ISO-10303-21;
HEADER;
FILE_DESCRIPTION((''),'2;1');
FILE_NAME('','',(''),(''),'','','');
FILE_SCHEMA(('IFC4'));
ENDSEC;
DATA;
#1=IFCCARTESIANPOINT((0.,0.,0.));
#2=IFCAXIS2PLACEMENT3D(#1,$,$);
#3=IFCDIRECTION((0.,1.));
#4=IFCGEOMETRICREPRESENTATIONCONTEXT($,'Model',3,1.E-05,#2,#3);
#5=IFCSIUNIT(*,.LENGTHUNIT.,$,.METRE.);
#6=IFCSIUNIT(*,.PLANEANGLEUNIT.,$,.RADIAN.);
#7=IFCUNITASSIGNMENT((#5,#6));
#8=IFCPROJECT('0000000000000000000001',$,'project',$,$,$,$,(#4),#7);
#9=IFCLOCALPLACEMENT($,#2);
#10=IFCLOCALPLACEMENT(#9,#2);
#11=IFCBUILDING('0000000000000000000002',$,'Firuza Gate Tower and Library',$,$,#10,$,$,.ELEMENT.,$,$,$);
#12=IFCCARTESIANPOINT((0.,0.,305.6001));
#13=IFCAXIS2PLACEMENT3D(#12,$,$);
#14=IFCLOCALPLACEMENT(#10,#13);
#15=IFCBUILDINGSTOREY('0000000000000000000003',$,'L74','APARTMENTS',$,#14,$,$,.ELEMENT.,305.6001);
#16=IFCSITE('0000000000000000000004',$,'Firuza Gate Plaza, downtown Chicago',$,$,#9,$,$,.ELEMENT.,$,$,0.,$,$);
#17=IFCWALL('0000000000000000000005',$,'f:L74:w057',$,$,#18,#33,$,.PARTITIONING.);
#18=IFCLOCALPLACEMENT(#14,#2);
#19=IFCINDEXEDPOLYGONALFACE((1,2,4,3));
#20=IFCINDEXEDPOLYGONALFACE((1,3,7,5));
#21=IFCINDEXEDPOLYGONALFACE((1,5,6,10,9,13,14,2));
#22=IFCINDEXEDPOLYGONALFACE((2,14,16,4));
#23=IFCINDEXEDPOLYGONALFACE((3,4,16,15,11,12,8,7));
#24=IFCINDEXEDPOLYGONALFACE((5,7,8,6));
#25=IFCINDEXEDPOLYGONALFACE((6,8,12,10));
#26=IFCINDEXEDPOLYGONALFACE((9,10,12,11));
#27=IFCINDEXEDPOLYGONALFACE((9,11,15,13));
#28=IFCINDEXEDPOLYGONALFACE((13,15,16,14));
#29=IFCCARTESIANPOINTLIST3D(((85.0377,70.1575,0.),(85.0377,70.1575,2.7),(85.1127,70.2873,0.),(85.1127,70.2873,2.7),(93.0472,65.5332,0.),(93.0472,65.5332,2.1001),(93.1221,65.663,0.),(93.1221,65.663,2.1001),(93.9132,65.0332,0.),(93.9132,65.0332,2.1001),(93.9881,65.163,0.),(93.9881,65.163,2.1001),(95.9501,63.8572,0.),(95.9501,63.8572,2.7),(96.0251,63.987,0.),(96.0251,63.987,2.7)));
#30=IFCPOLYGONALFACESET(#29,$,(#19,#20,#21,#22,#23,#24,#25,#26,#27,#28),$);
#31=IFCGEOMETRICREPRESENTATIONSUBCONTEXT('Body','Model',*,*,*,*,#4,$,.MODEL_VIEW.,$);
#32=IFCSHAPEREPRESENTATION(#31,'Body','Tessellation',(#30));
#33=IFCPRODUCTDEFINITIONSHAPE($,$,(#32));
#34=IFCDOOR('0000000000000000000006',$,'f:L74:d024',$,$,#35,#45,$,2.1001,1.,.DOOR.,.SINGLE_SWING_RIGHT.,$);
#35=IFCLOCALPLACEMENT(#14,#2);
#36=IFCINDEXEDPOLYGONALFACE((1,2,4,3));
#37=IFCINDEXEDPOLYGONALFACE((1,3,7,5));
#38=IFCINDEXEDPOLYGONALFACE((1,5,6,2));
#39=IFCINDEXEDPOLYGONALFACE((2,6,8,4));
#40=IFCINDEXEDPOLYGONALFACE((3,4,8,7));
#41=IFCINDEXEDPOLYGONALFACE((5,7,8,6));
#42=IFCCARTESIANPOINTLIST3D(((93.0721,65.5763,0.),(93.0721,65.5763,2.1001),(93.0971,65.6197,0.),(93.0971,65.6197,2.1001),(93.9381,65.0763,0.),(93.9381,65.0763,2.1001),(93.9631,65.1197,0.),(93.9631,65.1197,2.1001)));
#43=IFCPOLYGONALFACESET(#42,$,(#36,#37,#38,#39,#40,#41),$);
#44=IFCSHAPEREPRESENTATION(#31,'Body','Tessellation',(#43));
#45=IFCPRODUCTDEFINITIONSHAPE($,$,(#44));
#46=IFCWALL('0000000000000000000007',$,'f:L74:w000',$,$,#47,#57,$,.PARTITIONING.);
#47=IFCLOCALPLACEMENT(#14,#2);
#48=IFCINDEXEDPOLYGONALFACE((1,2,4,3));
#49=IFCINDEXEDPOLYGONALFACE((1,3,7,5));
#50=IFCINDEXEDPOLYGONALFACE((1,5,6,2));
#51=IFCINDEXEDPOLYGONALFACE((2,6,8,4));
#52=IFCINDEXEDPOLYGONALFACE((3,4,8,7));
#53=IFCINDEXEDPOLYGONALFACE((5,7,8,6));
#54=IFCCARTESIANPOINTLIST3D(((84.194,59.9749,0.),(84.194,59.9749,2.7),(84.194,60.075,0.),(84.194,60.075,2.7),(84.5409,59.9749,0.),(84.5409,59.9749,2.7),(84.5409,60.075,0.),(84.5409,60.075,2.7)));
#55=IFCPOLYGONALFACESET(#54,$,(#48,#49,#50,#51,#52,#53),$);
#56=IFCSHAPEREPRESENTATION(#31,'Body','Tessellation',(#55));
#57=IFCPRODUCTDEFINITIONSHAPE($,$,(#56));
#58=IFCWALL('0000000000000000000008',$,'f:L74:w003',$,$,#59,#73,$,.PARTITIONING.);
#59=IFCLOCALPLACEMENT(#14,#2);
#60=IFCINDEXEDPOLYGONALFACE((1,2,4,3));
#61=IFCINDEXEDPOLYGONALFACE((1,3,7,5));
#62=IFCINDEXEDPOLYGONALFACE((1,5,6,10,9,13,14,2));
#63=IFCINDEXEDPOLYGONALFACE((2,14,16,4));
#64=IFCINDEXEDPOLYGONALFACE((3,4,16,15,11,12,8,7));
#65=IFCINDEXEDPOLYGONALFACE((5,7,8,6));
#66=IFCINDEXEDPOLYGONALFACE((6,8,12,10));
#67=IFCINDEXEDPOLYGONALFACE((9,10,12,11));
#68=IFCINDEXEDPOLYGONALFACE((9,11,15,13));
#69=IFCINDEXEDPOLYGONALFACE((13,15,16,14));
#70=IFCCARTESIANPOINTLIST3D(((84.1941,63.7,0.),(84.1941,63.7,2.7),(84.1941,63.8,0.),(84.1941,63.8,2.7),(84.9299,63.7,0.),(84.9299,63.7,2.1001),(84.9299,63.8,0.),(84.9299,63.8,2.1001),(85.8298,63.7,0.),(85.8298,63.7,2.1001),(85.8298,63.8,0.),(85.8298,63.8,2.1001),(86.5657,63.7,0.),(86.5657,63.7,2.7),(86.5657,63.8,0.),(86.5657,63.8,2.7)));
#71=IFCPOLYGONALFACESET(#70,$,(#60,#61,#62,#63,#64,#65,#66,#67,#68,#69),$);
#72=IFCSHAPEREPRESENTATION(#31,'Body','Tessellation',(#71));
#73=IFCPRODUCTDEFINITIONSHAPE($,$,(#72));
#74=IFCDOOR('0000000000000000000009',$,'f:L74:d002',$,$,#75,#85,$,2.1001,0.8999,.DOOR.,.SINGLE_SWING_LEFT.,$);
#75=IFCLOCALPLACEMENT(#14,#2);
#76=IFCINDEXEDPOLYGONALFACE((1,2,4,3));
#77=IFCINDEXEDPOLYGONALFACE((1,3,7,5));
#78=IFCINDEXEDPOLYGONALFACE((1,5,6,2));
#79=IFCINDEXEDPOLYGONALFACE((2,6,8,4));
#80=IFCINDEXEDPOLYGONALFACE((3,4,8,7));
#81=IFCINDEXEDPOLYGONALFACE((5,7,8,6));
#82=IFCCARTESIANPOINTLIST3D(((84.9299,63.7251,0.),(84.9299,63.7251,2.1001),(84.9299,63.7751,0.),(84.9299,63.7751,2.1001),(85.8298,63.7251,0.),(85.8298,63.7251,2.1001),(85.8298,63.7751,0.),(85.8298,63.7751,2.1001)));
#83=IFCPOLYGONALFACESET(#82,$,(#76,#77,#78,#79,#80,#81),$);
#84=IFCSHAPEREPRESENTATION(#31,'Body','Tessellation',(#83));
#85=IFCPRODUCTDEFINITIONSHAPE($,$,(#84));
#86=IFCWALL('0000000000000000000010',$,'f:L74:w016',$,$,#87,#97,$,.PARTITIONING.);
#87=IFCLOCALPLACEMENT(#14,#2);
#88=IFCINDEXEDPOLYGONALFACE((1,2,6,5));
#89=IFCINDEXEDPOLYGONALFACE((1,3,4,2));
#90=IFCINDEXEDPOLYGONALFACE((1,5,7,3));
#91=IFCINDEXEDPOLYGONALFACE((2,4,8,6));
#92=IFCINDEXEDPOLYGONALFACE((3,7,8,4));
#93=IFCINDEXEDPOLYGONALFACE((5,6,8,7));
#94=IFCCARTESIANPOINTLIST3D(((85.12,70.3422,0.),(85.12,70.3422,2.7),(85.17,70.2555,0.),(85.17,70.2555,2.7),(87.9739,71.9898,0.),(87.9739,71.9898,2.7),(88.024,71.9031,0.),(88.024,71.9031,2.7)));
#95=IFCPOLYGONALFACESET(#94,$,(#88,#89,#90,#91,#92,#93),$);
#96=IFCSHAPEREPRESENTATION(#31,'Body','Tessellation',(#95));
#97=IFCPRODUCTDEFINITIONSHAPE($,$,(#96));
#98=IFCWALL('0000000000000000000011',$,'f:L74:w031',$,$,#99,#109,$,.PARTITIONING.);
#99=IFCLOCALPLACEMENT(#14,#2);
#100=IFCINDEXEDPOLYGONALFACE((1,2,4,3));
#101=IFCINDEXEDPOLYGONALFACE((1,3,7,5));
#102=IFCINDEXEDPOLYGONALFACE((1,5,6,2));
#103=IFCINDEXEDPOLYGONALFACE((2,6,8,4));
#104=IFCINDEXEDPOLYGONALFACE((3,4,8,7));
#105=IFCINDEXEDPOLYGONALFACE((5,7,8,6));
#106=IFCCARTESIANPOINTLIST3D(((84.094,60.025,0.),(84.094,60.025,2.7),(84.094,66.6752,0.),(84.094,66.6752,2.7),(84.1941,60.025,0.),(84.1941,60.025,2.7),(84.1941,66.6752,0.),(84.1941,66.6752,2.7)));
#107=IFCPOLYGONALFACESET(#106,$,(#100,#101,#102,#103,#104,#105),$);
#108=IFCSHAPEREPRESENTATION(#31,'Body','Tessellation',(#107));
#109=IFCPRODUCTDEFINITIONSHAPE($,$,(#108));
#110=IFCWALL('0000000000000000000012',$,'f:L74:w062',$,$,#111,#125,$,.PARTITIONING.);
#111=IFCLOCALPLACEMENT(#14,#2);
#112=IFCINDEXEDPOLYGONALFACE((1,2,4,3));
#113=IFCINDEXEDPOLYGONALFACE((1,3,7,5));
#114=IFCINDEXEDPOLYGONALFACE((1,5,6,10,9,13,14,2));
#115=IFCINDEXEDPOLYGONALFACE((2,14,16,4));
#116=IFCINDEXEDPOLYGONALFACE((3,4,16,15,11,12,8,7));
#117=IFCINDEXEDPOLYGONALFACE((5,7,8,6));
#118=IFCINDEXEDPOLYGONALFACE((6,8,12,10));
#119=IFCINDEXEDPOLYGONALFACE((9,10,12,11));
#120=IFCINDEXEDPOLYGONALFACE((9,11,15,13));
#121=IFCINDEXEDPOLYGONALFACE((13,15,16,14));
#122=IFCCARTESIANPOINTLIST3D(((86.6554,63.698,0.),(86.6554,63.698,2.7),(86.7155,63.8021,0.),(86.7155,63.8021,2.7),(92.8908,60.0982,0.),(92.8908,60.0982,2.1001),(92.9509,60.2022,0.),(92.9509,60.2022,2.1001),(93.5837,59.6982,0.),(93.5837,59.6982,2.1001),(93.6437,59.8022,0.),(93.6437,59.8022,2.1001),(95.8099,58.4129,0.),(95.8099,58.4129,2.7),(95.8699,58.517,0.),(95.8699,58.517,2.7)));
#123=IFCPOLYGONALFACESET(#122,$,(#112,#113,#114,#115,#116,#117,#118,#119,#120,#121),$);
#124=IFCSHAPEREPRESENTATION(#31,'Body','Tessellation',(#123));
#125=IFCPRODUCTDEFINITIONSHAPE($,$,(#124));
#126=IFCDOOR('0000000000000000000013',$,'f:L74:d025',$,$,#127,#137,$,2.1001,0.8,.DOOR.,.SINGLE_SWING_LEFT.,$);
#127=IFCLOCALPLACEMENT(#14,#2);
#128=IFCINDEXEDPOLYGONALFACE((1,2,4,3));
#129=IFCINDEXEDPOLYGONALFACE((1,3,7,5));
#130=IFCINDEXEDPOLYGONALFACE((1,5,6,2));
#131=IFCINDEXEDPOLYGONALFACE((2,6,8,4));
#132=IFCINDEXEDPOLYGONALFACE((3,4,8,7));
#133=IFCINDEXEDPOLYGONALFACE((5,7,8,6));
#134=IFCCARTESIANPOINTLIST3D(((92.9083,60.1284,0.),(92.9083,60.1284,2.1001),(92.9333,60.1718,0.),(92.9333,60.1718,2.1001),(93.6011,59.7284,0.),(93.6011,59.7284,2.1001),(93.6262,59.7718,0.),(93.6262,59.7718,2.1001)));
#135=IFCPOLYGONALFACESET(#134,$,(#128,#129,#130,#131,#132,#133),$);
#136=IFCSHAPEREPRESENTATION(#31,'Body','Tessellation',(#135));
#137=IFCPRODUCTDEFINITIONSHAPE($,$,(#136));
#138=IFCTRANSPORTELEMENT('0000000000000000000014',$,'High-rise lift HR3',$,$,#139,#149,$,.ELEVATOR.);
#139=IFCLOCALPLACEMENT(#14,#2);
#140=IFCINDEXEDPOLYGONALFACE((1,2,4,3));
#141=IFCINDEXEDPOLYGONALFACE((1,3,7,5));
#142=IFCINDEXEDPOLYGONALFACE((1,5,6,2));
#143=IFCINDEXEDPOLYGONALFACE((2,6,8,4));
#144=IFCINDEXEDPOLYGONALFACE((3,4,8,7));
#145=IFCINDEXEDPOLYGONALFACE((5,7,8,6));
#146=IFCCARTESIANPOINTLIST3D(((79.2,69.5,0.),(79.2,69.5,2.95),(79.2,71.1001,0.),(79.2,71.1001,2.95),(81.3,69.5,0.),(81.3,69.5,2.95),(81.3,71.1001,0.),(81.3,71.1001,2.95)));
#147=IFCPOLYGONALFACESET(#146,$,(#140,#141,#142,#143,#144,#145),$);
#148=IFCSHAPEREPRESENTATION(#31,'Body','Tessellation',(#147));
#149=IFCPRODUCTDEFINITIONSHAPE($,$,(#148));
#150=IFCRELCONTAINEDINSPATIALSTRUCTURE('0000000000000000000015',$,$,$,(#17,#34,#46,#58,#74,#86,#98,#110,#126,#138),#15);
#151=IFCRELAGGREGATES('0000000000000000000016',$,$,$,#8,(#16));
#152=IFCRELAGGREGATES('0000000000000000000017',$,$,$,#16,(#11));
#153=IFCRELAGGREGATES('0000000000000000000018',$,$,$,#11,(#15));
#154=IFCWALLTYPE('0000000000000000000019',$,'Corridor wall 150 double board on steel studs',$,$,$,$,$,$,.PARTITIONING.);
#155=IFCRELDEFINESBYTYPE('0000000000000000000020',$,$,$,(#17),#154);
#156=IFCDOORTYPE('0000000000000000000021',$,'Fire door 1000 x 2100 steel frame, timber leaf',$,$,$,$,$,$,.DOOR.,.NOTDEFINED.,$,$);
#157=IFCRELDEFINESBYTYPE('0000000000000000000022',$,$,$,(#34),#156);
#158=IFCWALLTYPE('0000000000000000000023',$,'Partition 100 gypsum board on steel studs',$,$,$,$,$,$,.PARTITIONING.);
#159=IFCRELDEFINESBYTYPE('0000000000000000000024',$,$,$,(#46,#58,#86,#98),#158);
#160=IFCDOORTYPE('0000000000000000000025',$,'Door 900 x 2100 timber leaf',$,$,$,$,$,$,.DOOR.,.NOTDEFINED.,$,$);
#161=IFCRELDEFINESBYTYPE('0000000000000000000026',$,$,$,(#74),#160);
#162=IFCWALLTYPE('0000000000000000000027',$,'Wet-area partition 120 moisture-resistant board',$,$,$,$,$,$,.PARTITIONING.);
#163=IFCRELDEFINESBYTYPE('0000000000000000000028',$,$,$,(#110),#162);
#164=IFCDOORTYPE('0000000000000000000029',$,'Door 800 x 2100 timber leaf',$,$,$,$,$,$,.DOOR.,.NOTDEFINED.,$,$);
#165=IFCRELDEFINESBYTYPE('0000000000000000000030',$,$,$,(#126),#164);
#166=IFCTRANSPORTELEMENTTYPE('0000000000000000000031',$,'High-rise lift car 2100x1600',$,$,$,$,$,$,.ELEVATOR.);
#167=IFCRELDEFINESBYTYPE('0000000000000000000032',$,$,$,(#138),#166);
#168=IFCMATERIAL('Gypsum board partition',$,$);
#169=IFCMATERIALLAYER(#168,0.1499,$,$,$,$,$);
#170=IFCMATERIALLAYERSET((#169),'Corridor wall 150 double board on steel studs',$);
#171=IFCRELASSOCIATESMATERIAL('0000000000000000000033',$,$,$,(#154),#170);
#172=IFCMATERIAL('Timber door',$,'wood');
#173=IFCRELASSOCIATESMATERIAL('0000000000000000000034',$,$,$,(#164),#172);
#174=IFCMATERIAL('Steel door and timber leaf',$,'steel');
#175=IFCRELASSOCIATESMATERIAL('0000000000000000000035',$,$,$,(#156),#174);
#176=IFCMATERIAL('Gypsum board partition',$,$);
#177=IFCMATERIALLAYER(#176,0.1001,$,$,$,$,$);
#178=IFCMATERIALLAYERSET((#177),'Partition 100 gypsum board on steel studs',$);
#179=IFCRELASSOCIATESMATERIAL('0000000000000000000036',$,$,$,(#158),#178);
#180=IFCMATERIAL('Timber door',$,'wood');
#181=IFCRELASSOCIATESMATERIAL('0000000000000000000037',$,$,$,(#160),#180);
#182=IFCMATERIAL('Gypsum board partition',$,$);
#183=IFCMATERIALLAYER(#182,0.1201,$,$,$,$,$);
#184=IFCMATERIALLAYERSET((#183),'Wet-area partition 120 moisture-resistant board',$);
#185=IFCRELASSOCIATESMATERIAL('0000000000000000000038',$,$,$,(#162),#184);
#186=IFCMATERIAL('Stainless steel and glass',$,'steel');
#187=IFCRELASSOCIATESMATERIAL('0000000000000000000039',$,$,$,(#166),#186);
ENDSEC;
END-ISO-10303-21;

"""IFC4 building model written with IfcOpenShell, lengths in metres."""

from ifc_helpers import new_model, si_unit, direction, frame, frame_2d, origin, origin_2d, place, context, subcontext, project, spatial, rectangle, extrude, material, layer, layer_set, type_object, element, fill, save


model = new_model("IFC4")

# Units and contexts
model_context = context("Model", 3, precision=1e-05, world=origin(), true_north=direction((0.0, 1.0)))
body_context = subcontext(model_context, "Body", "Model", "MODEL_VIEW")
ifc_project = project(units=[si_unit("LENGTHUNIT", "METRE"), si_unit("PLANEANGLEUNIT", "RADIAN")], contexts=[model_context])

# Site, building, storey
site_placement = place(None, origin())
site = spatial("IfcSite", under=ifc_project, at=site_placement, Name="Firuza Gate Plaza, downtown Chicago", CompositionType="ELEMENT", RefElevation=0.0)
building_placement = place(site_placement, origin())
building = spatial("IfcBuilding", under=site, at=building_placement, Name="Firuza Gate Tower and Library", CompositionType="ELEMENT")
storey_placement = place(building_placement, frame((0.0, 0.0, 305.6001)))
storey = spatial("IfcBuildingStorey", under=building, at=storey_placement, Name="L74", Description="APARTMENTS", CompositionType="ELEMENT", Elevation=305.6001)

# Shared definitions
ifc_material_1 = material(Name="Gypsum board partition")
ifc_layer_1 = layer(ifc_material_1, 0.1499)
ifc_layer_set_1 = layer_set([ifc_layer_1], Name="Corridor wall 150 double board on steel studs")
wall_type_1 = type_object("IfcWallType", Name="Corridor wall 150 double board on steel studs", PredefinedType="PARTITIONING", material=ifc_layer_set_1)

# Shared definitions
ifc_material_2 = material(Name="Timber door", Category="wood")
door_type_1 = type_object("IfcDoorType", Name="Door 800 x 2100 timber leaf", OperationType="NOTDEFINED", PredefinedType="DOOR", material=ifc_material_2)

# Wall, opening, door
wall_1_placement = place(storey_placement, frame((85.0752, 70.2224, 0.0), z_axis=(0.0, 0.0, 1.0), x_axis=(0.866024, -0.500003, 0.0)))
wall_1 = element("IfcWall", 1, at=wall_1_placement, inside=storey, type_object=wall_type_1, Name="f:L74:w057", PredefinedType="PARTITIONING", context=body_context, shape_type="SweptSolid", body=[
    extrude(rectangle(XDim=12.6006, YDim=0.1499, at=frame_2d((6.3003, 0.0))), origin(), (0.0, 0.0, 1.0), 2.7),
])
opening_1_placement = place(wall_1_placement, frame((9.2485, 0.0, 0.0)))
opening_1 = element("IfcOpeningElement", 2, at=opening_1_placement, cuts=wall_1, PredefinedType="OPENING", context=body_context, shape_type="SweptSolid", body=[
    extrude(rectangle(XDim=1.0, YDim=2.1001, at=frame_2d((0.5, 1.05))), frame((0.0, 0.085, 0.0), z_axis=(0.0, -1.0, 0.0), x_axis=(1.0, 0.0, 0.0)), (0.0, 0.0, 1.0), 0.1699),
])
ifc_material_3 = material(Name="Steel door and timber leaf", Category="steel")
door_type_2 = type_object("IfcDoorType", Name="Fire door 1000 x 2100 steel frame, timber leaf", OperationType="NOTDEFINED", PredefinedType="DOOR", material=ifc_material_3)
door_1_placement = place(opening_1_placement, origin())
door_1 = element("IfcDoor", 3, at=door_1_placement, inside=storey, type_object=door_type_2, Name="f:L74:d024", OperationType="SINGLE_SWING_RIGHT", OverallHeight=2.1001, OverallWidth=1.0, PredefinedType="DOOR", context=body_context, shape_type="SweptSolid", body=[
    extrude(rectangle(XDim=1.0, YDim=2.1001, at=frame_2d((0.5, 1.05))), frame((0.0, 0.0249, 0.0), z_axis=(0.0, -1.0, 0.0), x_axis=(1.0, 0.0, 0.0)), (0.0, 0.0, 1.0), 0.05),
])
fill(opening_1, door_1)

# Wall
ifc_material_4 = material(Name="Gypsum board partition")
ifc_layer_2 = layer(ifc_material_4, 0.1001)
ifc_layer_set_2 = layer_set([ifc_layer_2], Name="Partition 100 gypsum board on steel studs")
wall_type_2 = type_object("IfcWallType", Name="Partition 100 gypsum board on steel studs", PredefinedType="PARTITIONING", material=ifc_layer_set_2)
wall_2_placement = place(storey_placement, frame((84.1941, 60.0249, 0.0), z_axis=(0.0, 0.0, 1.0), x_axis=(1.0, 0.0, 0.0)))
element("IfcWall", 4, at=wall_2_placement, inside=storey, type_object=wall_type_2, Name="f:L74:w000", PredefinedType="PARTITIONING", context=body_context, shape_type="SweptSolid", body=[
    extrude(rectangle(XDim=0.3469, YDim=0.1001, at=frame_2d((0.1733, 0.0))), origin(), (0.0, 0.0, 1.0), 2.7),
])

# Wall, opening, door
wall_3_placement = place(storey_placement, frame((86.5657, 63.75, 0.0), z_axis=(0.0, 0.0, 1.0), x_axis=(-1.0, 0.0, 0.0)))
wall_3 = element("IfcWall", 5, at=wall_3_placement, inside=storey, type_object=wall_type_2, Name="f:L74:w003", PredefinedType="PARTITIONING", context=body_context, shape_type="SweptSolid", body=[
    extrude(rectangle(XDim=2.3716, YDim=0.1001, at=frame_2d((1.1858, 0.0))), origin(), (0.0, 0.0, 1.0), 2.7),
])
opening_2_placement = place(wall_3_placement, frame((0.7358, 0.0, 0.0)))
opening_2 = element("IfcOpeningElement", 6, at=opening_2_placement, cuts=wall_3, PredefinedType="OPENING", context=body_context, shape_type="SweptSolid", body=[
    extrude(rectangle(XDim=0.8999, YDim=2.1001, at=frame_2d((0.45, 1.05))), frame((0.0, 0.0601, 0.0), z_axis=(0.0, -1.0, 0.0), x_axis=(1.0, 0.0, 0.0)), (0.0, 0.0, 1.0), 0.1201),
])
ifc_material_5 = material(Name="Timber door", Category="wood")
door_type_3 = type_object("IfcDoorType", Name="Door 900 x 2100 timber leaf", OperationType="NOTDEFINED", PredefinedType="DOOR", material=ifc_material_5)
door_2_placement = place(opening_2_placement, origin())
door_2 = element("IfcDoor", 7, at=door_2_placement, inside=storey, type_object=door_type_3, Name="f:L74:d002", OperationType="SINGLE_SWING_LEFT", OverallHeight=2.1001, OverallWidth=0.8999, PredefinedType="DOOR", context=body_context, shape_type="SweptSolid", body=[
    extrude(rectangle(XDim=0.8999, YDim=2.1001, at=frame_2d((0.45, 1.05))), frame((0.0, 0.0249, 0.0), z_axis=(0.0, -1.0, 0.0), x_axis=(1.0, 0.0, 0.0)), (0.0, 0.0, 1.0), 0.05),
])
fill(opening_2, door_2)

# Walls
wall_4_placement = place(storey_placement, frame((85.145, 70.2988, 0.0), z_axis=(0.0, 0.0, 1.0), x_axis=(0.866033, 0.499988, 0.0)))
element("IfcWall", 8, at=wall_4_placement, inside=storey, type_object=wall_type_2, Name="f:L74:w016", PredefinedType="PARTITIONING", context=body_context, shape_type="SweptSolid", body=[
    extrude(rectangle(XDim=3.2954, YDim=0.1001, at=frame_2d((1.6477, 0.0))), origin(), (0.0, 0.0, 1.0), 2.7),
])
wall_5_placement = place(storey_placement, frame((84.144, 60.0249, 0.0), z_axis=(0.0, 0.0, 1.0), x_axis=(0.0, 1.0, 0.0)))
element("IfcWall", 9, at=wall_5_placement, inside=storey, type_object=wall_type_2, Name="f:L74:w031", PredefinedType="PARTITIONING", context=body_context, shape_type="SweptSolid", body=[
    extrude(rectangle(XDim=6.6501, YDim=0.1001, at=frame_2d((3.3252, 0.0))), origin(), (0.0, 0.0, 1.0), 2.7),
])

# Wall, opening, door
ifc_material_6 = material(Name="Gypsum board partition")
ifc_layer_3 = layer(ifc_material_6, 0.1201)
ifc_layer_set_3 = layer_set([ifc_layer_3], Name="Wet-area partition 120 moisture-resistant board")
wall_type_3 = type_object("IfcWallType", Name="Wet-area partition 120 moisture-resistant board", PredefinedType="PARTITIONING", material=ifc_layer_set_3)
wall_6_placement = place(storey_placement, frame((86.6855, 63.75, 0.0), z_axis=(0.0, 0.0, 1.0), x_axis=(0.866034, -0.499984, 0.0)))
wall_6 = element("IfcWall", 10, at=wall_6_placement, inside=storey, type_object=wall_type_3, Name="f:L74:w062", PredefinedType="PARTITIONING", context=body_context, shape_type="SweptSolid", body=[
    extrude(rectangle(XDim=10.5706, YDim=0.1201, at=frame_2d((5.2852, 0.0))), origin(), (0.0, 0.0, 1.0), 2.7),
])
opening_3_placement = place(wall_6_placement, frame((7.2, 0.0, 0.0)))
opening_3 = element("IfcOpeningElement", 11, at=opening_3_placement, cuts=wall_6, PredefinedType="OPENING", context=body_context, shape_type="SweptSolid", body=[
    extrude(rectangle(XDim=0.8, YDim=2.1001, at=frame_2d((0.3999, 1.05))), frame((0.0, 0.0701, 0.0), z_axis=(0.0, -1.0, 0.0), x_axis=(1.0, 0.0, 0.0)), (0.0, 0.0, 1.0), 0.1401),
])
door_3_placement = place(opening_3_placement, origin())
door_3 = element("IfcDoor", 12, at=door_3_placement, inside=storey, type_object=door_type_1, Name="f:L74:d025", OperationType="SINGLE_SWING_LEFT", OverallHeight=2.1001, OverallWidth=0.8, PredefinedType="DOOR", context=body_context, shape_type="SweptSolid", body=[
    extrude(rectangle(XDim=0.8, YDim=2.1001, at=frame_2d((0.3999, 1.05))), frame((0.0, 0.0249, 0.0), z_axis=(0.0, -1.0, 0.0), x_axis=(1.0, 0.0, 0.0)), (0.0, 0.0, 1.0), 0.05),
])
fill(opening_3, door_3)

# Transport element
ifc_material_7 = material(Name="Stainless steel and glass", Category="steel")
transport_element_type = type_object("IfcTransportElementType", Name="High-rise lift car 2100x1600", PredefinedType="ELEVATOR", material=ifc_material_7)
transport_element_placement = place(storey_placement, frame((80.25, 70.3, 0.0), z_axis=(0.0, 0.0, 1.0), x_axis=(1.0, 0.0, 0.0)))
element("IfcTransportElement", 13, at=transport_element_placement, inside=storey, type_object=transport_element_type, Name="High-rise lift HR3", PredefinedType="ELEVATOR", context=body_context, shape_type="SweptSolid", body=[
    extrude(rectangle(XDim=2.1001, YDim=1.6001, at=origin_2d()), origin(), (0.0, 0.0, 1.0), 2.95),
])

save(model, "model.ifc")
